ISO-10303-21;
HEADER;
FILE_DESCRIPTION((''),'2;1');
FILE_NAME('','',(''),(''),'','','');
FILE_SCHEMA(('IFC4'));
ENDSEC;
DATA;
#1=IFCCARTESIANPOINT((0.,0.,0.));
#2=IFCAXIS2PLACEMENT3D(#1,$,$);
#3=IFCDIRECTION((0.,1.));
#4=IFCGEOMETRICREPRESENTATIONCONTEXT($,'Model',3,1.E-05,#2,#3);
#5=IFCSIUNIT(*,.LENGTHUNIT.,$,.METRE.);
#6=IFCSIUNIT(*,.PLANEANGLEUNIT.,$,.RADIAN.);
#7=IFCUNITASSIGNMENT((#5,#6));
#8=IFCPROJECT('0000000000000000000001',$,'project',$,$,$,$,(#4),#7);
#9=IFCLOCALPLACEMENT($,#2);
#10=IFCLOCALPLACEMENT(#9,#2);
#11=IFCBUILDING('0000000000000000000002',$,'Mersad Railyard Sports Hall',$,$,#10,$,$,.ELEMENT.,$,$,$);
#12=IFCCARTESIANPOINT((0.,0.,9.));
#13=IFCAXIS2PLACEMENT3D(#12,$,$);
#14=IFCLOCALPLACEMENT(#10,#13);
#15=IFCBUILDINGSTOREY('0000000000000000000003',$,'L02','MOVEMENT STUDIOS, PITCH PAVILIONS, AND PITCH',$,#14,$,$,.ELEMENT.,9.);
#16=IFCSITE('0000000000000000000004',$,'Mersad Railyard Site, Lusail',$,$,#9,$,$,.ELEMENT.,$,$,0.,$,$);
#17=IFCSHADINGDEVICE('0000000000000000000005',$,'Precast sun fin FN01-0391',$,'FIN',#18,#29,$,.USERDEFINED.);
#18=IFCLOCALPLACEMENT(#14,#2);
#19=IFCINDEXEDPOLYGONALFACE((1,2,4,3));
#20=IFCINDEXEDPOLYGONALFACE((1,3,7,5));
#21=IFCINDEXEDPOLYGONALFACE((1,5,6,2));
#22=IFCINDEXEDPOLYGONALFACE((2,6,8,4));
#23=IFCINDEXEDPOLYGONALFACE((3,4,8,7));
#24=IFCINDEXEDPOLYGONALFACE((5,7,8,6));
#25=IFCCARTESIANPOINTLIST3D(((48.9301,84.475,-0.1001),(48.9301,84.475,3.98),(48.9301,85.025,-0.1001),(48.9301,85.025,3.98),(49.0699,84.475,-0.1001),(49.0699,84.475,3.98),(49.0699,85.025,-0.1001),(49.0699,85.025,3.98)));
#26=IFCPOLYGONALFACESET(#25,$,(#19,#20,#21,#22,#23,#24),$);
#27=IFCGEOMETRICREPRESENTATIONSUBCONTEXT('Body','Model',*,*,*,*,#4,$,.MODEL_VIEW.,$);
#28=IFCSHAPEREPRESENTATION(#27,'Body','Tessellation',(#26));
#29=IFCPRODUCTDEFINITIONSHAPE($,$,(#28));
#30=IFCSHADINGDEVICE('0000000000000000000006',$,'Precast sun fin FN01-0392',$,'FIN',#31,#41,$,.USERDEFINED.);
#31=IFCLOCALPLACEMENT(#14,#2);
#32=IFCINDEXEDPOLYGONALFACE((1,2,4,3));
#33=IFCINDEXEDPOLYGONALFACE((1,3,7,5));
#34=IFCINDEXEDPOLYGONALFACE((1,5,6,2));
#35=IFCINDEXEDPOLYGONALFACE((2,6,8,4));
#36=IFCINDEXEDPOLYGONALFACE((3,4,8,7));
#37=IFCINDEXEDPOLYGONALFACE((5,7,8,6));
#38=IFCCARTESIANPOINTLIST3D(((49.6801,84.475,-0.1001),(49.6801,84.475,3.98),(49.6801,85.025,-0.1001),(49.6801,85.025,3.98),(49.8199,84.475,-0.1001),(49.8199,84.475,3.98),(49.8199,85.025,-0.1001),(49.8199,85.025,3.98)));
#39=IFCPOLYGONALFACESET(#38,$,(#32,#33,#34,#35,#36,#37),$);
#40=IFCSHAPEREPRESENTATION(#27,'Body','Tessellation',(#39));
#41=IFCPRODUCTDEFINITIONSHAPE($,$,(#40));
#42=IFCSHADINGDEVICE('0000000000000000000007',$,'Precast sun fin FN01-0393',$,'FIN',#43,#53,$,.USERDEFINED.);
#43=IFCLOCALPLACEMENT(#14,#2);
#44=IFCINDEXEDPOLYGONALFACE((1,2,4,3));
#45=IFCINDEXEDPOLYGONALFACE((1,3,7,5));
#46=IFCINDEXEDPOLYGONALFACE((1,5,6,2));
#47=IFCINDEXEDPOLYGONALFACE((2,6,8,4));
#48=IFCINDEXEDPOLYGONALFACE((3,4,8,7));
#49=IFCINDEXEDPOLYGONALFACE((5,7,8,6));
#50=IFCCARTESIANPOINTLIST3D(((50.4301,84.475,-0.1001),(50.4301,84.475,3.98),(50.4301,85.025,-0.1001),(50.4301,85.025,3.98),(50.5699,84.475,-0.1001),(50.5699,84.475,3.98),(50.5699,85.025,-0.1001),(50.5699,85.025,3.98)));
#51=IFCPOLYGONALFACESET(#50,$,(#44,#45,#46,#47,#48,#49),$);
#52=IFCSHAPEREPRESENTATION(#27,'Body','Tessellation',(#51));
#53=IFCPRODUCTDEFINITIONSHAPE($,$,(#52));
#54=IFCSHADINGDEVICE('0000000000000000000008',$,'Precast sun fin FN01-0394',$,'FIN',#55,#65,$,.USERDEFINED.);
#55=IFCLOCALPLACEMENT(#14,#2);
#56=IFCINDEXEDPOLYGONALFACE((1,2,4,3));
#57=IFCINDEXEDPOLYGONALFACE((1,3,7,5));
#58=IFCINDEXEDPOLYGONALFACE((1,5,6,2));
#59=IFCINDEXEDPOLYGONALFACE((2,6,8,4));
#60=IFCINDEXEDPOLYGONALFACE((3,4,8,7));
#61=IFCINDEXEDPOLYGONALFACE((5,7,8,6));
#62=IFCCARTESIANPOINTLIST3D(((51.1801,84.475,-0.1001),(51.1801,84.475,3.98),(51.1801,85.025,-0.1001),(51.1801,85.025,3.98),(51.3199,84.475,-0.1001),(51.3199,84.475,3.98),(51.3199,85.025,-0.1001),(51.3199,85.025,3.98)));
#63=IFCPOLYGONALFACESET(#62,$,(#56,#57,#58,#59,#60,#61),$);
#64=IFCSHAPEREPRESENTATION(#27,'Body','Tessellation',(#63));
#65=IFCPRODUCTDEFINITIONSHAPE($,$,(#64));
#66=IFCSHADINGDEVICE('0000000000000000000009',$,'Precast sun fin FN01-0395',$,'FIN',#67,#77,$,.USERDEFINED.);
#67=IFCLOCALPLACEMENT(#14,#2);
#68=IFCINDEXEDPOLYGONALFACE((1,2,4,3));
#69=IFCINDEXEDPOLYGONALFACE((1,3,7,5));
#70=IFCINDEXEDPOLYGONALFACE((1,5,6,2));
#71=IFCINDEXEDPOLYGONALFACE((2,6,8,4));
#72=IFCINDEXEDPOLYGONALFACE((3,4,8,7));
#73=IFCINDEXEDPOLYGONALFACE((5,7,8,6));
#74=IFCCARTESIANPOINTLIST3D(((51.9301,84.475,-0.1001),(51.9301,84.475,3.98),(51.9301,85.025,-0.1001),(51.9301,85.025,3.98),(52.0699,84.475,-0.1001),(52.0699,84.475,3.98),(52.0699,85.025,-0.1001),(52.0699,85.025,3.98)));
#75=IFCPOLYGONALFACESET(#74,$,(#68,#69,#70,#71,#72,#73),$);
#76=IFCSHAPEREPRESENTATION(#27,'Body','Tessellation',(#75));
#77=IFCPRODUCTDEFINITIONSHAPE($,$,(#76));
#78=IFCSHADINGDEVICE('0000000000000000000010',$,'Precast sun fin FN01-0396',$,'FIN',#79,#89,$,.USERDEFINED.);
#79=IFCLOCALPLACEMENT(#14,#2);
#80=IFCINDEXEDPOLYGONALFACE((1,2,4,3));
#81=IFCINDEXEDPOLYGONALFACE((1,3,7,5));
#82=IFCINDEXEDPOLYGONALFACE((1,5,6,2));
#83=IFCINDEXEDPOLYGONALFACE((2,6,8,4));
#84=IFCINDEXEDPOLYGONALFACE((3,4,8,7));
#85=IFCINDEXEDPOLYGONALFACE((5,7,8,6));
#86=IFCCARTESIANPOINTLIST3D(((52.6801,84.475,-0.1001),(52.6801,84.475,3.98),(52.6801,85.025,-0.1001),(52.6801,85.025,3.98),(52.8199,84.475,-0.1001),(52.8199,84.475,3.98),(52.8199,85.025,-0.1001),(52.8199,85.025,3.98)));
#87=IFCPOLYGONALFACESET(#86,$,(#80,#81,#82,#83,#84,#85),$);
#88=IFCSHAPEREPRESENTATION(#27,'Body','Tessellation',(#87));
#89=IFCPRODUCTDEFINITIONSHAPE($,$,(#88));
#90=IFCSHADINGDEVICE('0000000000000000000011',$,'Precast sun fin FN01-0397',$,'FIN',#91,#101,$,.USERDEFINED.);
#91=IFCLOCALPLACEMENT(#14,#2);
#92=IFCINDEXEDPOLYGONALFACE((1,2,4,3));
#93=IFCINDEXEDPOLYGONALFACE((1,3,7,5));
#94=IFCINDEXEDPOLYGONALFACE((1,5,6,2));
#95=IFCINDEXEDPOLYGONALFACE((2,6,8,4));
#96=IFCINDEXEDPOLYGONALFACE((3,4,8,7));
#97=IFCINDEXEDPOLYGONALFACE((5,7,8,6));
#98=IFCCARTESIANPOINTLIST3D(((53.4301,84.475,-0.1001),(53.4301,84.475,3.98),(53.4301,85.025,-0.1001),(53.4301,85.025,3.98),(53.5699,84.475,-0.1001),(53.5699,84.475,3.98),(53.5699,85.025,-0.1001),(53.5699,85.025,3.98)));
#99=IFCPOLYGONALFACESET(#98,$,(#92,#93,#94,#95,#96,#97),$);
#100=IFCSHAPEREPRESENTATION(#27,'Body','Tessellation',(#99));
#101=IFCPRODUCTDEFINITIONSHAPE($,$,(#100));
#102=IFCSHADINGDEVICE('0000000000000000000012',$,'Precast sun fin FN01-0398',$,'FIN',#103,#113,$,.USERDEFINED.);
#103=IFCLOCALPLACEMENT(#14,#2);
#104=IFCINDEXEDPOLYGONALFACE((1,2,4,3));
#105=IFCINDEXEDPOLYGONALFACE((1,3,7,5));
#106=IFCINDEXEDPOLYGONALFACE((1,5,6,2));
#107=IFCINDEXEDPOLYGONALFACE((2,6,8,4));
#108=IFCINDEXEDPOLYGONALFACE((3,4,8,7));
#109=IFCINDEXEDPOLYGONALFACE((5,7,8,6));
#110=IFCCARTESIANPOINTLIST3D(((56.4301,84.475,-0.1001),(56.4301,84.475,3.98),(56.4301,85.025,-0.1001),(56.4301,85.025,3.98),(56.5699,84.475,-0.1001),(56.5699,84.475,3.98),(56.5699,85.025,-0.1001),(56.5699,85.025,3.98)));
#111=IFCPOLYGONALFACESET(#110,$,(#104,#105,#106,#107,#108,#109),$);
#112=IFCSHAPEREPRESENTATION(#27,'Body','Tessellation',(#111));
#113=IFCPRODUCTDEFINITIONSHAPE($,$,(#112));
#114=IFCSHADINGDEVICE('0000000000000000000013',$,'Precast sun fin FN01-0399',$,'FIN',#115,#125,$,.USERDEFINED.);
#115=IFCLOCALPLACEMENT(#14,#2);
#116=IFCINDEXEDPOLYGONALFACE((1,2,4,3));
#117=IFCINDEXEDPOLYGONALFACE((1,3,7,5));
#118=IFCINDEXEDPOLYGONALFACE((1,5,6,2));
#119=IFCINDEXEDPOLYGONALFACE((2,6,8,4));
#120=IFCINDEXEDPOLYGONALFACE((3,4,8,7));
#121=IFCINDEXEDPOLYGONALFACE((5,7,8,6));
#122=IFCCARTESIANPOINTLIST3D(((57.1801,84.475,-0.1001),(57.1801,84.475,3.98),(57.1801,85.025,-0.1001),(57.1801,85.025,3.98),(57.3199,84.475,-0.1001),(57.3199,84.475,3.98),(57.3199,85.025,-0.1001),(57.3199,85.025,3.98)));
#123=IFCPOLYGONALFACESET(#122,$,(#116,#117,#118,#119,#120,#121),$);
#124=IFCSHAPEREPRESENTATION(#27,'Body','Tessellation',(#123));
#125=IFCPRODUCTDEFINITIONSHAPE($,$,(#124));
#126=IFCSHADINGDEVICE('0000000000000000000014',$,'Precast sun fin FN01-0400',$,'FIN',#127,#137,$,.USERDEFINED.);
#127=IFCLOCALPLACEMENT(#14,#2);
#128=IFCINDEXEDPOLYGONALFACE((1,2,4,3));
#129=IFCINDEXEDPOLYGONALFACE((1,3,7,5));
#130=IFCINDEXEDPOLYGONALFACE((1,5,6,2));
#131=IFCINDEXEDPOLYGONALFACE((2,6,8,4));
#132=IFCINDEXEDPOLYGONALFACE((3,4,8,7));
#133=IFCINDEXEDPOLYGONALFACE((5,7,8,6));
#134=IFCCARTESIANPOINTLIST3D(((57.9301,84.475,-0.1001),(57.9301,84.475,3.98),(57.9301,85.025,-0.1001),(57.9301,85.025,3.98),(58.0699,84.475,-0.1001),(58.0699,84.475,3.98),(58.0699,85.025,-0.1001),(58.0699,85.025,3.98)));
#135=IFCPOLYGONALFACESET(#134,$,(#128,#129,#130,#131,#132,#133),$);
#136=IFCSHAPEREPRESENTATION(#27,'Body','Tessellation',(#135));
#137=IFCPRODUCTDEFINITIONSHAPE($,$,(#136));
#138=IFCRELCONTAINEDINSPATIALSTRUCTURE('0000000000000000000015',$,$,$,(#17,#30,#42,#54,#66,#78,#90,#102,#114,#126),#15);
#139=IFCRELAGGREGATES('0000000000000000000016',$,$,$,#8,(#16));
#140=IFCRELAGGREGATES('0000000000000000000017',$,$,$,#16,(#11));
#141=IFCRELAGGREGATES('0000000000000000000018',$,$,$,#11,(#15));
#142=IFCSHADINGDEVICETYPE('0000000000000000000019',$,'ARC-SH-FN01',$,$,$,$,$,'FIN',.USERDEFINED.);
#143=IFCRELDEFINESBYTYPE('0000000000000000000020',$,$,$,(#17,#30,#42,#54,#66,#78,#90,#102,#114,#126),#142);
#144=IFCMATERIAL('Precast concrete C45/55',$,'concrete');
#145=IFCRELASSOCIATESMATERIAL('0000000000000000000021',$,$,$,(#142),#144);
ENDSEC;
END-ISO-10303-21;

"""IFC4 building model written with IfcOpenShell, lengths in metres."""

from ifc_helpers import new_model, si_unit, direction, frame, origin, origin_2d, place, context, subcontext, project, spatial, rectangle, extrude, material, type_object, element, save


model = new_model("IFC4")

# Units and contexts
model_context = context("Model", 3, precision=1e-05, world=origin(), true_north=direction((0.0, 1.0)))
body_context = subcontext(model_context, "Body", "Model", "MODEL_VIEW")
ifc_project = project(units=[si_unit("LENGTHUNIT", "METRE"), si_unit("PLANEANGLEUNIT", "RADIAN")], contexts=[model_context])

# Site, building, storey
site_placement = place(None, origin())
site = spatial("IfcSite", under=ifc_project, at=site_placement, Name="Mersad Railyard Site, Lusail", CompositionType="ELEMENT", RefElevation=0.0)
building_placement = place(site_placement, origin())
building = spatial("IfcBuilding", under=site, at=building_placement, Name="Mersad Railyard Sports Hall", CompositionType="ELEMENT")
storey_placement = place(building_placement, frame((0.0, 0.0, 9.0)))
storey = spatial("IfcBuildingStorey", under=building, at=storey_placement, Name="L02", Description="MOVEMENT STUDIOS, PITCH PAVILIONS, AND PITCH", CompositionType="ELEMENT", Elevation=9.0)

# Shared definitions
ifc_material_1 = material(Name="Precast concrete C45/55", Category="concrete")

# Shading devices
shading_device_type = type_object("IfcShadingDeviceType", Name="ARC-SH-FN01", ElementType="FIN", PredefinedType="USERDEFINED", material=ifc_material_1)
for number, where, z_axis, x_axis, name in (
    (1, (49.0, 84.75, -0.1001), (0.0, 0.0, 1.0), (1.0, 0.0, 0.0), "Precast sun fin FN01-0391"),
    (2, (49.75, 84.75, -0.1001), (0.0, 0.0, 1.0), (1.0, 0.0, 0.0), "Precast sun fin FN01-0392"),
    (3, (50.5, 84.75, -0.1001), (0.0, 0.0, 1.0), (1.0, 0.0, 0.0), "Precast sun fin FN01-0393"),
    (4, (51.25, 84.75, -0.1001), (0.0, 0.0, 1.0), (1.0, 0.0, 0.0), "Precast sun fin FN01-0394"),
    (5, (52.0, 84.75, -0.1001), (0.0, 0.0, 1.0), (1.0, 0.0, 0.0), "Precast sun fin FN01-0395"),
    (6, (52.75, 84.75, -0.1001), (0.0, 0.0, 1.0), (1.0, 0.0, 0.0), "Precast sun fin FN01-0396"),
    (7, (53.5, 84.75, -0.1001), (0.0, 0.0, 1.0), (1.0, 0.0, 0.0), "Precast sun fin FN01-0397"),
    (8, (56.5, 84.75, -0.1001), (0.0, 0.0, 1.0), (1.0, 0.0, 0.0), "Precast sun fin FN01-0398"),
    (9, (57.25, 84.75, -0.1001), (0.0, 0.0, 1.0), (1.0, 0.0, 0.0), "Precast sun fin FN01-0399"),
    (10, (58.0, 84.75, -0.1001), (0.0, 0.0, 1.0), (1.0, 0.0, 0.0), "Precast sun fin FN01-0400"),
):
    element("IfcShadingDevice", number, at=place(storey_placement, frame(where, z_axis=z_axis, x_axis=x_axis)), inside=storey, type_object=shading_device_type, Name=name, ObjectType="FIN", PredefinedType="USERDEFINED", context=body_context, shape_type="SweptSolid", body=[
        extrude(rectangle(XDim=0.1399, YDim=0.55, at=origin_2d()), origin(), (0.0, 0.0, 1.0), 4.0801),
    ])

save(model, "model.ifc")
